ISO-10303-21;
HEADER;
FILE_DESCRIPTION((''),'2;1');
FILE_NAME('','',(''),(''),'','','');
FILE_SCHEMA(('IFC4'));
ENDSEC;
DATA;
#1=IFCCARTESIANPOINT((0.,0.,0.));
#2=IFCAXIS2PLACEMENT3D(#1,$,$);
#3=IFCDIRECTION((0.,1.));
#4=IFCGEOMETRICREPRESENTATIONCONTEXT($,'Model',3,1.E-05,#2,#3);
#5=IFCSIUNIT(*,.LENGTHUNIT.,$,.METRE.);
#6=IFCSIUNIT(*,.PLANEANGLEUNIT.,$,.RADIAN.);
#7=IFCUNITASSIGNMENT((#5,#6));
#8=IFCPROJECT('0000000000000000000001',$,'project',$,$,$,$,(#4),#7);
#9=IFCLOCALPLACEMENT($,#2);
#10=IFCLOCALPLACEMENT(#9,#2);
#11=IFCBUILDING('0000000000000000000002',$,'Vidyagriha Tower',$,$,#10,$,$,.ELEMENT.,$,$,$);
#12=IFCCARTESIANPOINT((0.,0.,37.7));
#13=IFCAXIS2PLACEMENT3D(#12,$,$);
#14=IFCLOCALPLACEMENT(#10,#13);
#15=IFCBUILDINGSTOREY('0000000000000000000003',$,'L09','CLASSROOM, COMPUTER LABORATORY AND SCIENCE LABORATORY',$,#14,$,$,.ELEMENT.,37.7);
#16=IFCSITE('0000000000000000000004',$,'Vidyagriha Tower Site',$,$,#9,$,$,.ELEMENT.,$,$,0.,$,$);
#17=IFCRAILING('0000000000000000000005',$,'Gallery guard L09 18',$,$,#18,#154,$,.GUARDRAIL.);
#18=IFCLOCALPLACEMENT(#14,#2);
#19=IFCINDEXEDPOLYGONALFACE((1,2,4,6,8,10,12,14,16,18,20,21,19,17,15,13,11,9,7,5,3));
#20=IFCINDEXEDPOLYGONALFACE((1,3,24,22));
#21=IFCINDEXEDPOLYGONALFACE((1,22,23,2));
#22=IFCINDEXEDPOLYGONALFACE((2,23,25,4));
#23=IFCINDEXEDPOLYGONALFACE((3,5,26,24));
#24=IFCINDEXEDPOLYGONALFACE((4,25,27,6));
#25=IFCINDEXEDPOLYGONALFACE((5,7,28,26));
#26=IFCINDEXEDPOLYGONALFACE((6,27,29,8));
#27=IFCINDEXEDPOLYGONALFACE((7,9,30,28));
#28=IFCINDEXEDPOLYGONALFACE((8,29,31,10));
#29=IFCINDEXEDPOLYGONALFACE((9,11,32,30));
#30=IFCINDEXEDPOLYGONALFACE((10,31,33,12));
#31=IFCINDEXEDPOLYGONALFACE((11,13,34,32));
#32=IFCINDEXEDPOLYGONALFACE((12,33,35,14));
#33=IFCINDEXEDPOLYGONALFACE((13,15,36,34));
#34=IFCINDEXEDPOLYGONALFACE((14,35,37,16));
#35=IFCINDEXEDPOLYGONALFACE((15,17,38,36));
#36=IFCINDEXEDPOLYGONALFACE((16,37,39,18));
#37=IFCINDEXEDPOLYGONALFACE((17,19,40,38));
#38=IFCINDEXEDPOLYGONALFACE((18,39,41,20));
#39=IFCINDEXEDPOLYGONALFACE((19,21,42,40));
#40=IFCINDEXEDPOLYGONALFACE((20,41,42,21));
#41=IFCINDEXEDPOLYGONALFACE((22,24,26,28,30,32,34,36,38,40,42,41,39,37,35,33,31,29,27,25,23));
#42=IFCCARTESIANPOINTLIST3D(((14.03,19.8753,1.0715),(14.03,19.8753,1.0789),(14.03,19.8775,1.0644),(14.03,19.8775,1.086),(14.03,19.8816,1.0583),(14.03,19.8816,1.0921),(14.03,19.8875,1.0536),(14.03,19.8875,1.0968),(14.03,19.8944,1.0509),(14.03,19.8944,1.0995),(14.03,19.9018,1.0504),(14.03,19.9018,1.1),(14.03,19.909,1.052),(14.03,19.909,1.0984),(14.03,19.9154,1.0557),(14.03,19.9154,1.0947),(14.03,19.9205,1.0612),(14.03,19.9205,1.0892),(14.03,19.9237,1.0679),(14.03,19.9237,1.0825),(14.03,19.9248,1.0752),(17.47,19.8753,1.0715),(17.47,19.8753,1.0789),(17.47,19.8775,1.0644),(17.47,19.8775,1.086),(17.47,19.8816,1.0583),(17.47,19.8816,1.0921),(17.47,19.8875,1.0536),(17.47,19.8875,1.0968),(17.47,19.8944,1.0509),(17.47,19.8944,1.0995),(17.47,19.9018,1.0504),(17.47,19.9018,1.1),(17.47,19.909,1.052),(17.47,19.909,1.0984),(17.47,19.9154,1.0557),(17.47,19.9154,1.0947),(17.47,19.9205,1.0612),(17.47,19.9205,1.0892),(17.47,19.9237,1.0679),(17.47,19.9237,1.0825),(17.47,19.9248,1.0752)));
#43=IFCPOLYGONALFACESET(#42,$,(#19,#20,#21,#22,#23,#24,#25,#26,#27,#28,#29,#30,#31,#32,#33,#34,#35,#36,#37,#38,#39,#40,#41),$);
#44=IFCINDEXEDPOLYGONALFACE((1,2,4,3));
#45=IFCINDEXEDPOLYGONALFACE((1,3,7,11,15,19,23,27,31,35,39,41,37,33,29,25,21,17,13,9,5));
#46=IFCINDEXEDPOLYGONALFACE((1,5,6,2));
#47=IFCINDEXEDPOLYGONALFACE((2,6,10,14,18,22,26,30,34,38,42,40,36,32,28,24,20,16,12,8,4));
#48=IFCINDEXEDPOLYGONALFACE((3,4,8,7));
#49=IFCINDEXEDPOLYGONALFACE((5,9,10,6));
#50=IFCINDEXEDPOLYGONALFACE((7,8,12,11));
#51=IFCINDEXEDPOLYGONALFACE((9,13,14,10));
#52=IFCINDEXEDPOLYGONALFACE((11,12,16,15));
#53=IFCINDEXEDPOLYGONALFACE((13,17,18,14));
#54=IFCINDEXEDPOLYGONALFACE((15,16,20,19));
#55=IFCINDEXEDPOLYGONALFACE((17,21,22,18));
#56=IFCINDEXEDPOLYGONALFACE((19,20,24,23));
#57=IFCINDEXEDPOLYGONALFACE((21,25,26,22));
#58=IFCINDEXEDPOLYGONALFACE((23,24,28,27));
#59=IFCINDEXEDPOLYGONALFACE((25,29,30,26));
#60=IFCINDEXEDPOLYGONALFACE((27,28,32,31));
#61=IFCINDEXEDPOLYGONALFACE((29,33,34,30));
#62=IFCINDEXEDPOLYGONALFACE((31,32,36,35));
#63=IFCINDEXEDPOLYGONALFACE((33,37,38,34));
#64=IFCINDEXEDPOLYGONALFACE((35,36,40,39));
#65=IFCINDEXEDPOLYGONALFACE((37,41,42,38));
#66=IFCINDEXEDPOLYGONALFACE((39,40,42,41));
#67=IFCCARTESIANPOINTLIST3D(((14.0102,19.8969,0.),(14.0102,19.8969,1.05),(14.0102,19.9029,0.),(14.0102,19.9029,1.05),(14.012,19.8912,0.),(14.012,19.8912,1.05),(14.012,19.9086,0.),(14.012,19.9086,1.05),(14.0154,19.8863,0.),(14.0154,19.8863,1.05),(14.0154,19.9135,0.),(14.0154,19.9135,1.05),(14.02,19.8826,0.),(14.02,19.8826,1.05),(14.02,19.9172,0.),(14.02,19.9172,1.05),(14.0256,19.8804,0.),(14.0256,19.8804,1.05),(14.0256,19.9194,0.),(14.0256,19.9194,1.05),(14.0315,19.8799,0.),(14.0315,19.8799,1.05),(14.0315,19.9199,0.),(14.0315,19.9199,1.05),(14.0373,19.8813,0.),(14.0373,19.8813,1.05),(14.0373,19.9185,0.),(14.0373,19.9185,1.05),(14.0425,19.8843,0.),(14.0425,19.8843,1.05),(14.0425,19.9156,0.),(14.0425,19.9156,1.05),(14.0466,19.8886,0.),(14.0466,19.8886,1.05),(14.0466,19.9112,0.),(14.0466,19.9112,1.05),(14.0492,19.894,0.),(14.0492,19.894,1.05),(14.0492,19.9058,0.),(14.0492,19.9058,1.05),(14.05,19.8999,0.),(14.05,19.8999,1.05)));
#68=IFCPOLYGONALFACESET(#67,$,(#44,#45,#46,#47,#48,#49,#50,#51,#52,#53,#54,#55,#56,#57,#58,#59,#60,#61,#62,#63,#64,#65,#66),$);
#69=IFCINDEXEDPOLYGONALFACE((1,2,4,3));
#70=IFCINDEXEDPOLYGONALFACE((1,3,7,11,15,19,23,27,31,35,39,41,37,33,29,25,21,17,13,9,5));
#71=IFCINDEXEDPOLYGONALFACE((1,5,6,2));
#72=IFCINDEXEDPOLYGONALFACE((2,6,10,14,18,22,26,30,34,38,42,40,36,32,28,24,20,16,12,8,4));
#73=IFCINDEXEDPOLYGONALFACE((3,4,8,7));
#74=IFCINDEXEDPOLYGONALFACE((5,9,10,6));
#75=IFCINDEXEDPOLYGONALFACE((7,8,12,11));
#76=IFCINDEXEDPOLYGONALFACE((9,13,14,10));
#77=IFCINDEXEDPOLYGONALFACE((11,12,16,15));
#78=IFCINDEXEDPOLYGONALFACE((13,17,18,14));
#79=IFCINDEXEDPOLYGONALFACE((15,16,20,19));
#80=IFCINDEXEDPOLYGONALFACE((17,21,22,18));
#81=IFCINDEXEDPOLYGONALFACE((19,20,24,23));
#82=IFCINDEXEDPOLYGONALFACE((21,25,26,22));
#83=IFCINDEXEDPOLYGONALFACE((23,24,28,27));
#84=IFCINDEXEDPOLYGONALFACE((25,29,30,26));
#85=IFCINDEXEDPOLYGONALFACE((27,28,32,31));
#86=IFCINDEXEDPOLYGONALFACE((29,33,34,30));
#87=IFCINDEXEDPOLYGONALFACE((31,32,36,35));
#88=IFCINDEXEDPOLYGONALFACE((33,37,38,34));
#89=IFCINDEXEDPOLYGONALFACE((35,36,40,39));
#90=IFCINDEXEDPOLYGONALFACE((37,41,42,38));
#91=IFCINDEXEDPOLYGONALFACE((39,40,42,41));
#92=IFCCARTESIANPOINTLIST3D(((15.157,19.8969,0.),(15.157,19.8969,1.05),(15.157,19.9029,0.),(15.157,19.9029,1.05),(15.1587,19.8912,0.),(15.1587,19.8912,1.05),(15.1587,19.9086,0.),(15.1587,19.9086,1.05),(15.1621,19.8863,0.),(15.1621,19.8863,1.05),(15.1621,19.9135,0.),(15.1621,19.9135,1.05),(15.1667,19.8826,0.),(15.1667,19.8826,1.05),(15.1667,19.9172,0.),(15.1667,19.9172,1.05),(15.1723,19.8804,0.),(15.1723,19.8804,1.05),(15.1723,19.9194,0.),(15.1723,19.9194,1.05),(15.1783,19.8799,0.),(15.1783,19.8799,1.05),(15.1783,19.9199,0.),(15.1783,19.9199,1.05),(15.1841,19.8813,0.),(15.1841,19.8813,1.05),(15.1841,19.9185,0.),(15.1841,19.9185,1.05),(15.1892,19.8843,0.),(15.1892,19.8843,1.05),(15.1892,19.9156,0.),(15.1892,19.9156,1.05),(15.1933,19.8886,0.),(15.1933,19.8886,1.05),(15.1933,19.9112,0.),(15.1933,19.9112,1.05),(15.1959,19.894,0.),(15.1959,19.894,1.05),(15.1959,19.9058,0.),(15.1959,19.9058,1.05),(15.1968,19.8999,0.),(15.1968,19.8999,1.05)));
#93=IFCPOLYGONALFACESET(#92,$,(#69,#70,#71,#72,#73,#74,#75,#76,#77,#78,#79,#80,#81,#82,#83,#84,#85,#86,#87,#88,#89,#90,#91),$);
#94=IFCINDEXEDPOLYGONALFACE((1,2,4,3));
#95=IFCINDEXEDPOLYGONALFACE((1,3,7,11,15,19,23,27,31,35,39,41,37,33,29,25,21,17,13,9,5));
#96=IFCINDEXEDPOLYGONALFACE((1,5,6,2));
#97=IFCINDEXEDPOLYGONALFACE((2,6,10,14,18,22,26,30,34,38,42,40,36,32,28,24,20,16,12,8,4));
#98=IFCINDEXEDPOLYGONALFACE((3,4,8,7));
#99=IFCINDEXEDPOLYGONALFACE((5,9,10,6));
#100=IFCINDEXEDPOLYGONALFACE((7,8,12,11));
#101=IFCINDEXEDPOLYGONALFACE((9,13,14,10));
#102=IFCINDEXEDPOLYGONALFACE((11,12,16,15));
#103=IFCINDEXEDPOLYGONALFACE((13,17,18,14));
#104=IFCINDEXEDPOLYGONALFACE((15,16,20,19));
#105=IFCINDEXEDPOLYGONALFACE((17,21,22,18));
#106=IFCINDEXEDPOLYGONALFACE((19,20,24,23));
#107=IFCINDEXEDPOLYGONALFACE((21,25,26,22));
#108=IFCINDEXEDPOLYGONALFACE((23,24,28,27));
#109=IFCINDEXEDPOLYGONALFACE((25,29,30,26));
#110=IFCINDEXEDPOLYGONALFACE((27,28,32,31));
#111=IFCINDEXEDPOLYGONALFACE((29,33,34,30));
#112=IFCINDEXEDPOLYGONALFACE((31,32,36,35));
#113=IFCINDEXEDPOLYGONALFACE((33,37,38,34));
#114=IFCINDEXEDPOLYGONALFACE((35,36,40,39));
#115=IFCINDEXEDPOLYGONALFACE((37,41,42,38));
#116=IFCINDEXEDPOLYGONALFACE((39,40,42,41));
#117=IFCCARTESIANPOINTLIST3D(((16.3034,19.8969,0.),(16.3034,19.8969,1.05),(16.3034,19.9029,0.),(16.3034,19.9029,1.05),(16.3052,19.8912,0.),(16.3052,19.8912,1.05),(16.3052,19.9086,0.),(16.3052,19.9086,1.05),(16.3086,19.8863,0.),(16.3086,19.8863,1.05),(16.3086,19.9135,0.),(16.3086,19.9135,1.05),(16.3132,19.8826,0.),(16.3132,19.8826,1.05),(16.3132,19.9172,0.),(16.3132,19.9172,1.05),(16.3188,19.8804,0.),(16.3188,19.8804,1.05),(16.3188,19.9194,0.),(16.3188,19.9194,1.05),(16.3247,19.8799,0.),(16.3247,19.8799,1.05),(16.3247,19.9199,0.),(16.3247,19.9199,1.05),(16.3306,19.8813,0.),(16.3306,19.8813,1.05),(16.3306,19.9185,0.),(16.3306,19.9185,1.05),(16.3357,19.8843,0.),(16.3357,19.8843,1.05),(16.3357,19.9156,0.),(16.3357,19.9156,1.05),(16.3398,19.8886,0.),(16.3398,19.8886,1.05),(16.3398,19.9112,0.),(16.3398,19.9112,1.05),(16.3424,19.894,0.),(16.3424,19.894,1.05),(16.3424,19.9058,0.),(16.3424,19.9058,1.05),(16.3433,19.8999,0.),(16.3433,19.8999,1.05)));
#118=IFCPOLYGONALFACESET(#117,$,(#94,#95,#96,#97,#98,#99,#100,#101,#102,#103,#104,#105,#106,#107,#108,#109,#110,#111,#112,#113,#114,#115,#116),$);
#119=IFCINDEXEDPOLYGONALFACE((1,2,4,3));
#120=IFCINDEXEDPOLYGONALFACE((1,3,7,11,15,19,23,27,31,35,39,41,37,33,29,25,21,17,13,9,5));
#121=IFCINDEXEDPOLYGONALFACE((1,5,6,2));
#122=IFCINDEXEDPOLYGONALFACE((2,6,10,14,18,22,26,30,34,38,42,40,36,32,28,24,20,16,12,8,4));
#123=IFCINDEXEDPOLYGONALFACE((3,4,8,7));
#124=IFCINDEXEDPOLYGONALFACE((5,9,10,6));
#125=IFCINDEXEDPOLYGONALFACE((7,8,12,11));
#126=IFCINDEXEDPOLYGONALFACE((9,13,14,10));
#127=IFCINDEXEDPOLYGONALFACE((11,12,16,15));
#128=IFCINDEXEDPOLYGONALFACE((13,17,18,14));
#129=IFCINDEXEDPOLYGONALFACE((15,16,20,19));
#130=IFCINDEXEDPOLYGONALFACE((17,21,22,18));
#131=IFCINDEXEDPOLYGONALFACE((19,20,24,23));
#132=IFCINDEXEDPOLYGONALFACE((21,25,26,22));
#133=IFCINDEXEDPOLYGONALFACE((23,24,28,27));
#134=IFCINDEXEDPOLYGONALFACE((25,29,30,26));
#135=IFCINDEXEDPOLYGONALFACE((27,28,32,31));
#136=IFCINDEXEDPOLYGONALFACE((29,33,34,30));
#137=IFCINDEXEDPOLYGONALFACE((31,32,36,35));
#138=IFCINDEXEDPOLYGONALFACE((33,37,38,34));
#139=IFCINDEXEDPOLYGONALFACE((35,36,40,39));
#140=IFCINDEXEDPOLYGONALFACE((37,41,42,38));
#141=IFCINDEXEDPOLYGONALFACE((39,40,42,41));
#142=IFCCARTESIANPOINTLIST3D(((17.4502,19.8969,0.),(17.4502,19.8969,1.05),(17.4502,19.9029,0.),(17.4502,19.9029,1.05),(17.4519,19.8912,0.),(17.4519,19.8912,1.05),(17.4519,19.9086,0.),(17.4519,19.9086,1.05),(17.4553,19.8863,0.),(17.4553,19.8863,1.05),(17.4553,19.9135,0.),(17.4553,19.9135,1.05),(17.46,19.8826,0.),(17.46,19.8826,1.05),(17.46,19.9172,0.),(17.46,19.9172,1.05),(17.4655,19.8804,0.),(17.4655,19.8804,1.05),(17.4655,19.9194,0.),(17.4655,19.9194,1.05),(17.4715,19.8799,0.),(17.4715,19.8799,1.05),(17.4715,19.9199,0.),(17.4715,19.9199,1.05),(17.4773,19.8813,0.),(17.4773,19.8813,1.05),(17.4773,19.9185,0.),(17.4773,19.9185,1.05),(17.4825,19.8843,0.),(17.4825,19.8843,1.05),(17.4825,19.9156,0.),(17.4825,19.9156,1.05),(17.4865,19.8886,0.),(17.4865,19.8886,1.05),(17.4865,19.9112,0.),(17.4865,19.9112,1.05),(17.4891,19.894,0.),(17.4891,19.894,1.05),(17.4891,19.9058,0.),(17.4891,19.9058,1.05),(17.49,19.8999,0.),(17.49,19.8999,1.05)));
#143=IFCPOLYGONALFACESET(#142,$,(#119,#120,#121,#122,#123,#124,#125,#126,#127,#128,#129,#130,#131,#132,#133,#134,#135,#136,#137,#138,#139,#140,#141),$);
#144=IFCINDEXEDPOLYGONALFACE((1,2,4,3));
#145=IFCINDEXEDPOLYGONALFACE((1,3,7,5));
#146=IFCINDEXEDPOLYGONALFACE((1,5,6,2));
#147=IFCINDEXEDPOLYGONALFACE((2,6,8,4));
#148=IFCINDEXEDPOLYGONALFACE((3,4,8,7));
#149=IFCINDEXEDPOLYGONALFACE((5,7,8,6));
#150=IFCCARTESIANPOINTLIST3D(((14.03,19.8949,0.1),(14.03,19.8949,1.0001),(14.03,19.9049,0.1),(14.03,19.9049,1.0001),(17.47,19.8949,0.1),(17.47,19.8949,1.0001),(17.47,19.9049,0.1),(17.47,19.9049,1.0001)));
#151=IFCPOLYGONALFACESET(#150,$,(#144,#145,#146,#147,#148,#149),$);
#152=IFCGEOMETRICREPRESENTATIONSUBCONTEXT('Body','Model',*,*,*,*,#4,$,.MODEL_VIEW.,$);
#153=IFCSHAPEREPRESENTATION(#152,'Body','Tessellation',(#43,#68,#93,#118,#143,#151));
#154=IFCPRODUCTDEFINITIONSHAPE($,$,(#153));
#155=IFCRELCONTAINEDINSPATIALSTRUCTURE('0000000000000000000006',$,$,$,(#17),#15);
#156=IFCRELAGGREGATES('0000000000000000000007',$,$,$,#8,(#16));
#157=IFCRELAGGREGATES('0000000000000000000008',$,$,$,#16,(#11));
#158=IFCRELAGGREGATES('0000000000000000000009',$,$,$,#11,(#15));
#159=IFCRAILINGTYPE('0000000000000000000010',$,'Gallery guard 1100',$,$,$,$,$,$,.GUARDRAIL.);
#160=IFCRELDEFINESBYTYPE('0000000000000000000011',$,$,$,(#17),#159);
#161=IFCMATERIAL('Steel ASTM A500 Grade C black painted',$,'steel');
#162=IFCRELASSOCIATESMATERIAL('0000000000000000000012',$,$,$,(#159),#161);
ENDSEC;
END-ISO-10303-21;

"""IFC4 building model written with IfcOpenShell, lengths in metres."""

from ifc_helpers import new_model, si_unit, direction, frame, origin, origin_2d, place, context, subcontext, project, spatial, rectangle, circle, extrude, material, type_object, element, save


model = new_model("IFC4")

# Units and contexts
model_context = context("Model", 3, precision=1e-05, world=origin(), true_north=direction((0.0, 1.0)))
body_context = subcontext(model_context, "Body", "Model", "MODEL_VIEW")
ifc_project = project(units=[si_unit("LENGTHUNIT", "METRE"), si_unit("PLANEANGLEUNIT", "RADIAN")], contexts=[model_context])

# Site, building, storey
site_placement = place(None, origin())
site = spatial("IfcSite", under=ifc_project, at=site_placement, Name="Vidyagriha Tower Site", CompositionType="ELEMENT", RefElevation=0.0)
building_placement = place(site_placement, origin())
building = spatial("IfcBuilding", under=site, at=building_placement, Name="Vidyagriha Tower", CompositionType="ELEMENT")
storey_placement = place(building_placement, frame((0.0, 0.0, 37.7)))
storey = spatial("IfcBuildingStorey", under=building, at=storey_placement, Name="L09", Description="CLASSROOM, COMPUTER LABORATORY AND SCIENCE LABORATORY", CompositionType="ELEMENT", Elevation=37.7)

# Railing
ifc_material_1 = material(Name="Steel ASTM A500 Grade C black painted", Category="steel")
railing_type_1 = type_object("IfcRailingType", Name="Gallery guard 1100", PredefinedType="GUARDRAIL", material=ifc_material_1)
railing_1_placement = place(storey_placement, frame((14.03, 19.8999, 0.0)))
element("IfcRailing", 1, at=railing_1_placement, inside=storey, type_object=railing_type_1, Name="Gallery guard L09 18", PredefinedType="GUARDRAIL", context=body_context, shape_type="SweptSolid", body=[
    extrude(circle(Radius=0.0249, at=origin_2d()), frame((0.0, 0.0, 1.0752), z_axis=(1.0, 0.0, 0.0), x_axis=(0.0, 1.0, 0.0)), (0.0, 0.0, 1.0), 3.4399),
    extrude(circle(Radius=0.02, at=origin_2d()), origin(), (0.0, 0.0, 1.0), 1.05),
    extrude(circle(Radius=0.02, at=origin_2d()), frame((1.1467, 0.0, 0.0)), (0.0, 0.0, 1.0), 1.05),
    extrude(circle(Radius=0.02, at=origin_2d()), frame((2.2932, 0.0, 0.0)), (0.0, 0.0, 1.0), 1.05),
    extrude(circle(Radius=0.02, at=origin_2d()), frame((3.4399, 0.0, 0.0)), (0.0, 0.0, 1.0), 1.05),
    extrude(rectangle(XDim=0.01, YDim=0.9001, at=origin_2d()), frame((0.0, 0.0, 0.55), z_axis=(1.0, 0.0, 0.0), x_axis=(0.0, 1.0, 0.0)), (0.0, 0.0, 1.0), 3.4399),
])

save(model, "model.ifc")
